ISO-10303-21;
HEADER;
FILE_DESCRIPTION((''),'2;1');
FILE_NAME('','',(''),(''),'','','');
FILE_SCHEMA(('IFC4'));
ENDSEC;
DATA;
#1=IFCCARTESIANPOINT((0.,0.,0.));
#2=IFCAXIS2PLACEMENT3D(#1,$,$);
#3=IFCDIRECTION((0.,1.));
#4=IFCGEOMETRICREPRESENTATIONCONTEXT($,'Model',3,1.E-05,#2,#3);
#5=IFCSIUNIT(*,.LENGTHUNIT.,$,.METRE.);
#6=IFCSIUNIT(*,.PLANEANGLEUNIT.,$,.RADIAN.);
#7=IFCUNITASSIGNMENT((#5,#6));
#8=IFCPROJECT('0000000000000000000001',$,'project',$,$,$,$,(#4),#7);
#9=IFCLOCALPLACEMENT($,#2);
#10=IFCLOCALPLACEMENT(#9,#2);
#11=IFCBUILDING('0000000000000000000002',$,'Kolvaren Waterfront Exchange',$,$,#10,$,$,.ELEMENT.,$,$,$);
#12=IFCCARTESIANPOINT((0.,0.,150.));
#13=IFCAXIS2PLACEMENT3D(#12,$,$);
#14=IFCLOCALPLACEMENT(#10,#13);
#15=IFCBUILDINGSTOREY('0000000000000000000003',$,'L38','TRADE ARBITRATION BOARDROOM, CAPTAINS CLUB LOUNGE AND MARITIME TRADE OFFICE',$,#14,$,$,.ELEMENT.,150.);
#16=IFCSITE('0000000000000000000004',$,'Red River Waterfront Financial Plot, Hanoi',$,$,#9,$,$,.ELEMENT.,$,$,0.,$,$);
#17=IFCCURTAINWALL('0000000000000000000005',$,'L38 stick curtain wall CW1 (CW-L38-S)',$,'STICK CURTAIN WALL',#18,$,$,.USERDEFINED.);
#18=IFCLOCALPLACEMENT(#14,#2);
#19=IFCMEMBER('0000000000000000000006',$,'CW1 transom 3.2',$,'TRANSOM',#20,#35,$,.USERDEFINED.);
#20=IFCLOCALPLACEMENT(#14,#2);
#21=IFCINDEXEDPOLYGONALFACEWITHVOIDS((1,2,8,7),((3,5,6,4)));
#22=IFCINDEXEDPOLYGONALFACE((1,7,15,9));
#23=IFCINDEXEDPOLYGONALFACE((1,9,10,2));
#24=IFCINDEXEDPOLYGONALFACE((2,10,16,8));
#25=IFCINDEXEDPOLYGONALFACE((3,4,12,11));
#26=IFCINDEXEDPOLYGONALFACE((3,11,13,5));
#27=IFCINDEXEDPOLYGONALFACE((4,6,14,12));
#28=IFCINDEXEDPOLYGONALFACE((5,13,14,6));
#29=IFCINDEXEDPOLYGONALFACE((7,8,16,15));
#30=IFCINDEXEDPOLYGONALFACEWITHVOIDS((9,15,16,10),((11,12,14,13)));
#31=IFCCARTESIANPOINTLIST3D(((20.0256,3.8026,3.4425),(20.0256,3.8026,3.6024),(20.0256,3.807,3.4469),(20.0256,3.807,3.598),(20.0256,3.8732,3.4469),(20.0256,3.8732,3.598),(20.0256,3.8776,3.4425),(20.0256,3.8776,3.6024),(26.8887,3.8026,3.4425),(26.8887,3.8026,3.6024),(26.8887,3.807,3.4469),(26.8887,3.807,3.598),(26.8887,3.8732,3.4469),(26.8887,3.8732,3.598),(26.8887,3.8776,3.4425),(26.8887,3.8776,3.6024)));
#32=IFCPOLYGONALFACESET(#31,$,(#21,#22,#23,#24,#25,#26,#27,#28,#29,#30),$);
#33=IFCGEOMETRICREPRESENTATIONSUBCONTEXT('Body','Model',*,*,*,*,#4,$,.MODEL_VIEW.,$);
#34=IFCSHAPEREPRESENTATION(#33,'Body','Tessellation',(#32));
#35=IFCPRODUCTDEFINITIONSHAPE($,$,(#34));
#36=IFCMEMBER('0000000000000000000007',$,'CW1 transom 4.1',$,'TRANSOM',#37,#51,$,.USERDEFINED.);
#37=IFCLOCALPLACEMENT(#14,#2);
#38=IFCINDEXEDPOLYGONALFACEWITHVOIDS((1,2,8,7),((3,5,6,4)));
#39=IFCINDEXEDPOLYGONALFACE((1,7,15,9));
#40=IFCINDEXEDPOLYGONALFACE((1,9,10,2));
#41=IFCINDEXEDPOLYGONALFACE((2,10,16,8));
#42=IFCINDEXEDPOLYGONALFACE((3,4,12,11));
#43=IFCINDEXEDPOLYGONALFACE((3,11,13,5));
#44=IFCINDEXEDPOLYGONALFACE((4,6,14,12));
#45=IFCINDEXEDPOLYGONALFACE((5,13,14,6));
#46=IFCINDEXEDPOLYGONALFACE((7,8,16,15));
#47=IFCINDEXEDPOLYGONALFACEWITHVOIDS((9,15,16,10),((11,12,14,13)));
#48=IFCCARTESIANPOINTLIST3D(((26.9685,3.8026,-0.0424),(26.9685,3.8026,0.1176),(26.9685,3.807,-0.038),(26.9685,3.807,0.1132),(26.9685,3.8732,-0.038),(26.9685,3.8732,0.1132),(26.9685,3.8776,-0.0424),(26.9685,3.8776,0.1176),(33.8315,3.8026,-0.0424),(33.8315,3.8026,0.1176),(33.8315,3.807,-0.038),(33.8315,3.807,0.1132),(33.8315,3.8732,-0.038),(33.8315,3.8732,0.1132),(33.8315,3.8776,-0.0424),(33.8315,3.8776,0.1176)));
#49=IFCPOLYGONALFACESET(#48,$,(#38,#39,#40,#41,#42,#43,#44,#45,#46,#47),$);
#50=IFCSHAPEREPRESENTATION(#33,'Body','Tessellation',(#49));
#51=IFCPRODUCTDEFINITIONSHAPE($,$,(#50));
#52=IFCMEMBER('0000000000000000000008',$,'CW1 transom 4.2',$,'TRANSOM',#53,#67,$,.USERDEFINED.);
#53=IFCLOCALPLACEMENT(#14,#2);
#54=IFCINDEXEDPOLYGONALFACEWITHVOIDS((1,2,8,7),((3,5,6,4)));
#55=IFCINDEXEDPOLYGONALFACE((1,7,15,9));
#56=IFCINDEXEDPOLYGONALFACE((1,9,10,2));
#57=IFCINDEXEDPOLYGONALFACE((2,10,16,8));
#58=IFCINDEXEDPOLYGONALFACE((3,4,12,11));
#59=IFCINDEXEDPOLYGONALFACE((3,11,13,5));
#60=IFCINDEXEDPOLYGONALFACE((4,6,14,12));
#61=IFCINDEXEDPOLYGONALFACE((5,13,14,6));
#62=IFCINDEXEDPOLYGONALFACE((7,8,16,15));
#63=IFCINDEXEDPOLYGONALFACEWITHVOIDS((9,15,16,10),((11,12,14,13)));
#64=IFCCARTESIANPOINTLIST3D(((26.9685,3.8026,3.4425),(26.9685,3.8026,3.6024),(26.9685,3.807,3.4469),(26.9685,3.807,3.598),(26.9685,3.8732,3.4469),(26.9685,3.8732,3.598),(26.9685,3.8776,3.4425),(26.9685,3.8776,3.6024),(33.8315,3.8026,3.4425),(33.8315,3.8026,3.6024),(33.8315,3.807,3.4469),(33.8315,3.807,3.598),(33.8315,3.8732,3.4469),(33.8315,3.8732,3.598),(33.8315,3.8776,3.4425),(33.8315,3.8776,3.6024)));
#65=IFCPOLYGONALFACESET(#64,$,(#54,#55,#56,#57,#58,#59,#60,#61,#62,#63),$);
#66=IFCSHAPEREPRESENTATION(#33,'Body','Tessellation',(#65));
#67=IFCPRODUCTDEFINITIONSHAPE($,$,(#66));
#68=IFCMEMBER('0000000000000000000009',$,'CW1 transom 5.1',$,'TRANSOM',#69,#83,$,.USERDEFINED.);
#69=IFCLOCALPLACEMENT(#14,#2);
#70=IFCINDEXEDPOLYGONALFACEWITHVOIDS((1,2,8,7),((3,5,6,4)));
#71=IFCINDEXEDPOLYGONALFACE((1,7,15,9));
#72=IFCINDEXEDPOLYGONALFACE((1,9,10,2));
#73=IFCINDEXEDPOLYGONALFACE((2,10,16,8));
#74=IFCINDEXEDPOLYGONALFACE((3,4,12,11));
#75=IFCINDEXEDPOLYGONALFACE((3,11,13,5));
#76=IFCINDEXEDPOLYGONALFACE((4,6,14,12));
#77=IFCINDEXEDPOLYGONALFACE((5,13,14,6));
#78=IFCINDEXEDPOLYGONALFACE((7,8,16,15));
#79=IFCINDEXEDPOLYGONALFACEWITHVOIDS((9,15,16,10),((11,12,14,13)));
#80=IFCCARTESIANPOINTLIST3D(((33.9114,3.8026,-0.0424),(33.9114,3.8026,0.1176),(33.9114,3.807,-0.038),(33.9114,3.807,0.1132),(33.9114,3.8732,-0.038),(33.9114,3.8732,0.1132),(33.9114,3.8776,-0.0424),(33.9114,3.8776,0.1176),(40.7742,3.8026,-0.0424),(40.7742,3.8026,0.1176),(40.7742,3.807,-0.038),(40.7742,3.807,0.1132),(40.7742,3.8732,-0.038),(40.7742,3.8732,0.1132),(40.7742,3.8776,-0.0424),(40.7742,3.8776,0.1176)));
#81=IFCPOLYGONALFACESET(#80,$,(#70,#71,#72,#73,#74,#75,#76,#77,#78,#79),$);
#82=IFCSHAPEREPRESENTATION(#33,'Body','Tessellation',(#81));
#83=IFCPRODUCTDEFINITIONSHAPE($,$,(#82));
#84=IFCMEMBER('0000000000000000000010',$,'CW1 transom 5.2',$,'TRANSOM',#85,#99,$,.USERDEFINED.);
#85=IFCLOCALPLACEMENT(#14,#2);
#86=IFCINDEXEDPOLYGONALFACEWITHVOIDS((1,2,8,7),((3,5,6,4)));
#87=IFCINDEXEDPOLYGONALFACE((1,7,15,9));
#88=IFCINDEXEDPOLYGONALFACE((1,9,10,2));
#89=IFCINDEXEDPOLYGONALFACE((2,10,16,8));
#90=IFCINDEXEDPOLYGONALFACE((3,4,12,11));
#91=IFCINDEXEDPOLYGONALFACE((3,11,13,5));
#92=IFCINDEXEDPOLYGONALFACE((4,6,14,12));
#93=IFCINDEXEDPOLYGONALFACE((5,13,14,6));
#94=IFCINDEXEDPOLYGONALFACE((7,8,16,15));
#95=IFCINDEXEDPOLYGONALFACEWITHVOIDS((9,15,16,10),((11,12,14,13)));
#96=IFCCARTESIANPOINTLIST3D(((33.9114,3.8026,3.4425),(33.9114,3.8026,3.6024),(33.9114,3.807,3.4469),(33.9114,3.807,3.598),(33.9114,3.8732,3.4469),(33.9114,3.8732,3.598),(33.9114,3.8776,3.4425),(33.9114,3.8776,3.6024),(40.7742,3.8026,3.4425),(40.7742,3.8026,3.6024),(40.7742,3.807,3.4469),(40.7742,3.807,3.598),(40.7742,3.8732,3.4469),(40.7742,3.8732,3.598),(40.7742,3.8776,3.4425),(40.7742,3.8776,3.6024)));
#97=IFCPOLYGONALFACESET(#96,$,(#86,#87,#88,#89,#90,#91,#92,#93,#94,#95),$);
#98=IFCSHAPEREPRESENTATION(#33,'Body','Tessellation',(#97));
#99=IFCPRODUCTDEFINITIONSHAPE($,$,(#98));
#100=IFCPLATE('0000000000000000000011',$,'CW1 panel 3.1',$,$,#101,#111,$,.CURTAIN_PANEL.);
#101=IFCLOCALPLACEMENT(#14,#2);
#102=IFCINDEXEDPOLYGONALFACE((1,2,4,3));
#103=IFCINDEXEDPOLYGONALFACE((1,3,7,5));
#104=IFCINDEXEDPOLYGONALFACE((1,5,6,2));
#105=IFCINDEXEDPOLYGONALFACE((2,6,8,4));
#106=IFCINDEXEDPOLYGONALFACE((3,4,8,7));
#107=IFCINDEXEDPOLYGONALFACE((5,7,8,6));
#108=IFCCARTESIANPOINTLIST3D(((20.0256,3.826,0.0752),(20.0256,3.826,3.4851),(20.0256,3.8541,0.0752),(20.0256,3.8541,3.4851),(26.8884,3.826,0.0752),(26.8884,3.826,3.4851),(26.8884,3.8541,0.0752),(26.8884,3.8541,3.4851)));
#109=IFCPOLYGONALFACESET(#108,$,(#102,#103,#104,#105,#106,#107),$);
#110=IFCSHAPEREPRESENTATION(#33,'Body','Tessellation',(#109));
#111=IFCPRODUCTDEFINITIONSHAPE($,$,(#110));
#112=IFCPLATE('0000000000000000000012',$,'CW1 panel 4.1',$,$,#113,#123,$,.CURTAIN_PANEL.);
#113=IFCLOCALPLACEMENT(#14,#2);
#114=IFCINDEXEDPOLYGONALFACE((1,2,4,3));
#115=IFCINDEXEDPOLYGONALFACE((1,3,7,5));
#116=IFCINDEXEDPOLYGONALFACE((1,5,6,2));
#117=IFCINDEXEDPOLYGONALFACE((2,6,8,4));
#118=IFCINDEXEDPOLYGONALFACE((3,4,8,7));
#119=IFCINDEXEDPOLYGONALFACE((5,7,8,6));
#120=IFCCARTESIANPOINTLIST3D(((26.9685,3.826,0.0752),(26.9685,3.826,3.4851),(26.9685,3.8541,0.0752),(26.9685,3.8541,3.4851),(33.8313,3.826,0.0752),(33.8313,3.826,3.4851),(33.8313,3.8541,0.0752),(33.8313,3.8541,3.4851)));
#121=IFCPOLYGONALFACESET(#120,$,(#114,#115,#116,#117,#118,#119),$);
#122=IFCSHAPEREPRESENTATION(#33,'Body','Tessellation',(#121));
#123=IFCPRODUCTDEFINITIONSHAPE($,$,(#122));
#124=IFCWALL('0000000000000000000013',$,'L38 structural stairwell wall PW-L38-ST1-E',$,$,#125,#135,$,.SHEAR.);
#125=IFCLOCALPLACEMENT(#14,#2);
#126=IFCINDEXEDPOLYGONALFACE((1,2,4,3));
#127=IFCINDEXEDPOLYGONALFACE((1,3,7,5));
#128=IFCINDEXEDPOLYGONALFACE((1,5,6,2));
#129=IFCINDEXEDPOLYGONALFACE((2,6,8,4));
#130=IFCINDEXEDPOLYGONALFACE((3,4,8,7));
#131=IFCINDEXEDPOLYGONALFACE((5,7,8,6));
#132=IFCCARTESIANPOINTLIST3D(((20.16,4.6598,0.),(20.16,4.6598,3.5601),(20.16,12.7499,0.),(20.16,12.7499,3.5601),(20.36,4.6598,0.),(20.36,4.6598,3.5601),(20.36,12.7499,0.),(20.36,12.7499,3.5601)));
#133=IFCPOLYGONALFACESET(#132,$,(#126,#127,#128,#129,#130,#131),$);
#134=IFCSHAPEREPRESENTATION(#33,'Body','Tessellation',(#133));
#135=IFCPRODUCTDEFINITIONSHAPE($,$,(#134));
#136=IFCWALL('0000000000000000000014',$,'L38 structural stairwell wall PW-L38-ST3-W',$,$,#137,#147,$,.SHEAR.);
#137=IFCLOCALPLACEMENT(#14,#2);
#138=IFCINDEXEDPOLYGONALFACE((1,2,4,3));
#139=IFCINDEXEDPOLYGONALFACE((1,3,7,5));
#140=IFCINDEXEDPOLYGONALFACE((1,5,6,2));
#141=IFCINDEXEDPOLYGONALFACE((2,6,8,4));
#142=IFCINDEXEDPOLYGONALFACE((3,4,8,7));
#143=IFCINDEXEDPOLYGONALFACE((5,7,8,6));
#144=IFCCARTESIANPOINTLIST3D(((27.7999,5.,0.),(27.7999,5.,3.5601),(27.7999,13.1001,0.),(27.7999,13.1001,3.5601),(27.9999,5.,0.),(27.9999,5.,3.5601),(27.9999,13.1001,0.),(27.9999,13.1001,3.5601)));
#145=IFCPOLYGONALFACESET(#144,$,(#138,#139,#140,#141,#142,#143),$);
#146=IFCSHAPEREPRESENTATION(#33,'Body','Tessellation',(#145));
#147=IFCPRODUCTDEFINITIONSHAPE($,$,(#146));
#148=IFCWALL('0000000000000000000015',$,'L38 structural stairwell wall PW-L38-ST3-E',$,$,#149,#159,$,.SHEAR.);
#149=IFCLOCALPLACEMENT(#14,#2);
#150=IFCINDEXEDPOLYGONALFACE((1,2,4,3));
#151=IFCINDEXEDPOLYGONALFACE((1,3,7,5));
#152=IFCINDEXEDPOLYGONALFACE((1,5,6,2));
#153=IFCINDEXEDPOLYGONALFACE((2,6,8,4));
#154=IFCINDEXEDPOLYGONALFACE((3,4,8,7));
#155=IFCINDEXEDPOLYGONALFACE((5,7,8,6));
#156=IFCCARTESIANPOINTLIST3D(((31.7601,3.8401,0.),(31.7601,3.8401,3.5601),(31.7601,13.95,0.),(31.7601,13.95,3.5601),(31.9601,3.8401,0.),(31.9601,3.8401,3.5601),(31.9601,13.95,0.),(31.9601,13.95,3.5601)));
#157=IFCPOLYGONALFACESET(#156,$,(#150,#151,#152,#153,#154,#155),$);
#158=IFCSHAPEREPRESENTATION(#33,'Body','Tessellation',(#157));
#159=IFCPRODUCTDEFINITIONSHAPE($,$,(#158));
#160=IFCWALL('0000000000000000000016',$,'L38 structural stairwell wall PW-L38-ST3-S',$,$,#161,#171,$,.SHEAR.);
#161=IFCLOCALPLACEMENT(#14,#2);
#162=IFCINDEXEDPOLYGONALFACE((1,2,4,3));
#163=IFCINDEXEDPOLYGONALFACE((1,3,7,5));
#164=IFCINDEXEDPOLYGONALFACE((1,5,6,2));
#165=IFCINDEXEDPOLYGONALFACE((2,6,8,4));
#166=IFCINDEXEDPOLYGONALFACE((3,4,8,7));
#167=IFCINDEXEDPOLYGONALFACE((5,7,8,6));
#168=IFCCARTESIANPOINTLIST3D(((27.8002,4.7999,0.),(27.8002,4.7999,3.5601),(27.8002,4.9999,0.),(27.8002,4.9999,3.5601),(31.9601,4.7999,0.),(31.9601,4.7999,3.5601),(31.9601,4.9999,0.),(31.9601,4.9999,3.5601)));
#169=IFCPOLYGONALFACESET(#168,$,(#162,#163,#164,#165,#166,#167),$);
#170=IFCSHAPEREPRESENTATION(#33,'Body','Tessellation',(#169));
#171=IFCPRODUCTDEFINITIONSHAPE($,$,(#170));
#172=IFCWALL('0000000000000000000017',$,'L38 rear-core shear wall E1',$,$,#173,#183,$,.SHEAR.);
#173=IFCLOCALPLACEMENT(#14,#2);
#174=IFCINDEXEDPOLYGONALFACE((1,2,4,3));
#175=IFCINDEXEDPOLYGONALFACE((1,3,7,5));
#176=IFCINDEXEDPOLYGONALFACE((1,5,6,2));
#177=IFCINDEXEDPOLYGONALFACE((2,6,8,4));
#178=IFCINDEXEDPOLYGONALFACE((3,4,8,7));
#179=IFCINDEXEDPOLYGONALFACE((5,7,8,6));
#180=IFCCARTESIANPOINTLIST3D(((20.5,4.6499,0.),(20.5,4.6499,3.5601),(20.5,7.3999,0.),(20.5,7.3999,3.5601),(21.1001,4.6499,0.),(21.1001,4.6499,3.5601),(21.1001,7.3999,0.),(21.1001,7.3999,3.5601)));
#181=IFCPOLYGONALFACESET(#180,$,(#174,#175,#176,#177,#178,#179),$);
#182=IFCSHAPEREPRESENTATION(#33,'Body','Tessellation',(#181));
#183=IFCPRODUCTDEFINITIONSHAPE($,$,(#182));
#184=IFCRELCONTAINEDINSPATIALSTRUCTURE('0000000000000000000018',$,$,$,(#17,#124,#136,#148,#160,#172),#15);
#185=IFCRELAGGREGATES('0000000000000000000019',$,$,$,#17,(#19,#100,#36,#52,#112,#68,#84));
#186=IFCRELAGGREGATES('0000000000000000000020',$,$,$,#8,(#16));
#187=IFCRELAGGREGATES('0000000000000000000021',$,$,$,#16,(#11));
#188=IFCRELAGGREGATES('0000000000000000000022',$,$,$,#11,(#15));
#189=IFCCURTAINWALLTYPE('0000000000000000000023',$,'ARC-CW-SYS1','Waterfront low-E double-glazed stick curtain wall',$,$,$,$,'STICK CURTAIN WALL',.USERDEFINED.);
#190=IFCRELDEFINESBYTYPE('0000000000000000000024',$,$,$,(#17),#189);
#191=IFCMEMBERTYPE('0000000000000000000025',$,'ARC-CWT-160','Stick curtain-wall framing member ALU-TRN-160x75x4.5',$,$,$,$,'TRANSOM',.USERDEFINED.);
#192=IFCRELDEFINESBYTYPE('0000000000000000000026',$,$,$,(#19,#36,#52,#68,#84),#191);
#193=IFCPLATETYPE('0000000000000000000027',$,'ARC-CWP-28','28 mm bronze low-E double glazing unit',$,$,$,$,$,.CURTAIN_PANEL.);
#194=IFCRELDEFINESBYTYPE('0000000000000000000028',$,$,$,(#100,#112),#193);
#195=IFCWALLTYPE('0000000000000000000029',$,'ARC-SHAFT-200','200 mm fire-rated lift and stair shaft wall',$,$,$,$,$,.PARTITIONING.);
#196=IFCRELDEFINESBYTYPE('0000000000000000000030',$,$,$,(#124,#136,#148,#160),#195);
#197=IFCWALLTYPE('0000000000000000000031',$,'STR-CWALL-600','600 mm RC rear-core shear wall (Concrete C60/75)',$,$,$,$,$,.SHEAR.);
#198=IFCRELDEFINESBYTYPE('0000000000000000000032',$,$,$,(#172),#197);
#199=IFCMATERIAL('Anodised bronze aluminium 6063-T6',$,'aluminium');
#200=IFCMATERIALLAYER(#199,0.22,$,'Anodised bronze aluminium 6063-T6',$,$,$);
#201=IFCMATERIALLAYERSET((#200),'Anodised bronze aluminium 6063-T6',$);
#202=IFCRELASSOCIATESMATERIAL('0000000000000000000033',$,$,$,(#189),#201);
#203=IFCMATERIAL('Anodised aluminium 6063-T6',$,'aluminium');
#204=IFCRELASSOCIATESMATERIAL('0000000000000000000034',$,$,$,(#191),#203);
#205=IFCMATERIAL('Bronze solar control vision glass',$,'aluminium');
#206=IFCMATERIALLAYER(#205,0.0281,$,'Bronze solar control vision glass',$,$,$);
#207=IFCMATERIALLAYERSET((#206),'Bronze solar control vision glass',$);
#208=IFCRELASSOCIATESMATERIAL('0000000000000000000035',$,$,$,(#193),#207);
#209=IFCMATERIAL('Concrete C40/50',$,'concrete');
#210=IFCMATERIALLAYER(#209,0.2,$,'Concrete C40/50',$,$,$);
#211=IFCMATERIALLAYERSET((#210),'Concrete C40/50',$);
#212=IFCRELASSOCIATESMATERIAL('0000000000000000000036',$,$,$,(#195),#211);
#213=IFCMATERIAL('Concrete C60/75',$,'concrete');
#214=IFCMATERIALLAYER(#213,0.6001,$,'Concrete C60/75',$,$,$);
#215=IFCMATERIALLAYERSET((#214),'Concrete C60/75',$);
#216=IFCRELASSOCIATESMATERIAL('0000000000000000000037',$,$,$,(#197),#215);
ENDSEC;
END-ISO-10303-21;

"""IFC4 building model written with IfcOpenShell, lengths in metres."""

from ifc_helpers import new_model, si_unit, direction, frame, frame_2d, origin, origin_with_axes, origin_2d, place, context, subcontext, project, spatial, rectangle, hollow_rectangle, extrude, source, transform, mapped, material, layer, layer_set, material_profile, profile_set, type_object, element, aggregate, save


model = new_model("IFC4")

# Units and contexts
model_context = context("Model", 3, precision=1e-05, world=origin(), true_north=direction((0.0, 1.0)))
body_context = subcontext(model_context, "Body", "Model", "MODEL_VIEW")
ifc_project = project(units=[si_unit("LENGTHUNIT", "METRE"), si_unit("PLANEANGLEUNIT", "RADIAN")], contexts=[model_context])

# Site, building, storey
site_placement = place(None, origin())
site = spatial("IfcSite", under=ifc_project, at=site_placement, Name="Red River Waterfront Financial Plot, Hanoi", CompositionType="ELEMENT", RefElevation=0.0)
building_placement = place(site_placement, origin())
building = spatial("IfcBuilding", under=site, at=building_placement, Name="Kolvaren Waterfront Exchange", CompositionType="ELEMENT")
storey_placement = place(building_placement, frame((0.0, 0.0, 150.0)))
storey = spatial("IfcBuildingStorey", under=building, at=storey_placement, Name="L38", Description="TRADE ARBITRATION BOARDROOM, CAPTAINS CLUB LOUNGE AND MARITIME TRADE OFFICE", CompositionType="ELEMENT", Elevation=150.0)

# Shared definitions
ifc_material_1 = material(Name="Concrete C60/75", Category="concrete")

# Curtain wall, members, plates
ifc_material_2 = material(Name="Anodised bronze aluminium 6063-T6", Category="aluminium")
ifc_layer_1 = layer(ifc_material_2, 0.22, Name="Anodised bronze aluminium 6063-T6")
ifc_layer_set_1 = layer_set([ifc_layer_1], Name="Anodised bronze aluminium 6063-T6")
curtain_wall_type = type_object("IfcCurtainWallType", Name="ARC-CW-SYS1", Description="Waterfront low-E double-glazed stick curtain wall", ElementType="STICK CURTAIN WALL", PredefinedType="USERDEFINED", material=ifc_layer_set_1)
curtain_wall_placement = place(storey_placement, origin())
curtain_wall = element("IfcCurtainWall", 1, at=curtain_wall_placement, inside=storey, type_object=curtain_wall_type, Name="L38 stick curtain wall CW1 (CW-L38-S)", ObjectType="STICK CURTAIN WALL", PredefinedType="USERDEFINED")
ifc_material_3 = material(Name="Anodised aluminium 6063-T6", Category="aluminium")
ifc_material_profile_1 = material_profile(ifc_material_3, hollow_rectangle(XDim=0.075, YDim=0.1599, WallThickness=0.0044, at=origin_2d()), Name="ALU-TRN-160x75x4.5")
ifc_profile_set_1 = profile_set([ifc_material_profile_1], Name="Anodised aluminium 6063-T6")
member_type_1 = type_object("IfcMemberType", Name="ARC-CWT-160", Description="Stick curtain-wall framing member ALU-TRN-160x75x4.5", ElementType="TRANSOM", PredefinedType="USERDEFINED", material=ifc_profile_set_1)
shared_shape_1 = source(origin_with_axes(), body_context, "Body", "SweptSolid", [
    extrude(hollow_rectangle(XDim=0.075, YDim=0.1599, WallThickness=0.0044, at=origin_2d()), origin(), (0.0, 0.0, 1.0), 6.863),
])
member_1_placement = place(storey_placement, frame((20.0256, 3.8401, 3.5225), z_axis=(1.0, 0.0, 0.0), x_axis=(0.0, 1.0, 0.0)))
member_1 = element("IfcMember", 2, at=member_1_placement, type_object=member_type_1, Name="CW1 transom 3.2", ObjectType="TRANSOM", PredefinedType="USERDEFINED", context=body_context, shape_type="MappedRepresentation", body=[
    mapped(shared_shape_1, transform((0.0, 0.0, 0.0), x_axis=(1.0, 0.0, 0.0), y_axis=(0.0, 1.0, 0.0), z_axis=(0.0, 0.0, 1.0), scale=1.0)),
])
member_2_placement = place(storey_placement, frame((26.9685, 3.8401, 0.0376), z_axis=(1.0, 0.0, 0.0), x_axis=(0.0, 1.0, 0.0)))
member_2 = element("IfcMember", 3, at=member_2_placement, type_object=member_type_1, Name="CW1 transom 4.1", ObjectType="TRANSOM", PredefinedType="USERDEFINED", context=body_context, shape_type="MappedRepresentation", body=[
    mapped(shared_shape_1, transform((0.0, 0.0, 0.0), x_axis=(1.0, 0.0, 0.0), y_axis=(0.0, 1.0, 0.0), z_axis=(0.0, 0.0, 1.0), scale=1.0)),
])
member_3_placement = place(storey_placement, frame((26.9685, 3.8401, 3.5225), z_axis=(1.0, 0.0, 0.0), x_axis=(0.0, 1.0, 0.0)))
member_3 = element("IfcMember", 4, at=member_3_placement, type_object=member_type_1, Name="CW1 transom 4.2", ObjectType="TRANSOM", PredefinedType="USERDEFINED", context=body_context, shape_type="MappedRepresentation", body=[
    mapped(shared_shape_1, transform((0.0, 0.0, 0.0), x_axis=(1.0, 0.0, 0.0), y_axis=(0.0, 1.0, 0.0), z_axis=(0.0, 0.0, 1.0), scale=1.0)),
])
shared_shape_2 = source(origin_with_axes(), body_context, "Body", "SweptSolid", [
    extrude(hollow_rectangle(XDim=0.075, YDim=0.1599, WallThickness=0.0044, at=origin_2d()), origin(), (0.0, 0.0, 1.0), 6.8628),
])
member_4_placement = place(storey_placement, frame((33.9114, 3.8401, 0.0376), z_axis=(1.0, 0.0, 0.0), x_axis=(0.0, 1.0, 0.0)))
member_4 = element("IfcMember", 5, at=member_4_placement, type_object=member_type_1, Name="CW1 transom 5.1", ObjectType="TRANSOM", PredefinedType="USERDEFINED", context=body_context, shape_type="MappedRepresentation", body=[
    mapped(shared_shape_2, transform((0.0, 0.0, 0.0), x_axis=(1.0, 0.0, 0.0), y_axis=(0.0, 1.0, 0.0), z_axis=(0.0, 0.0, 1.0), scale=1.0)),
])
member_5_placement = place(storey_placement, frame((33.9114, 3.8401, 3.5225), z_axis=(1.0, 0.0, 0.0), x_axis=(0.0, 1.0, 0.0)))
member_5 = element("IfcMember", 6, at=member_5_placement, type_object=member_type_1, Name="CW1 transom 5.2", ObjectType="TRANSOM", PredefinedType="USERDEFINED", context=body_context, shape_type="MappedRepresentation", body=[
    mapped(shared_shape_2, transform((0.0, 0.0, 0.0), x_axis=(1.0, 0.0, 0.0), y_axis=(0.0, 1.0, 0.0), z_axis=(0.0, 0.0, 1.0), scale=1.0)),
])
ifc_material_4 = material(Name="Bronze solar control vision glass", Category="aluminium")
ifc_layer_2 = layer(ifc_material_4, 0.0281, Name="Bronze solar control vision glass")
ifc_layer_set_2 = layer_set([ifc_layer_2], Name="Bronze solar control vision glass")
plate_type = type_object("IfcPlateType", Name="ARC-CWP-28", Description="28 mm bronze low-E double glazing unit", PredefinedType="CURTAIN_PANEL", material=ifc_layer_set_2)
shared_shape_3 = source(origin_with_axes(), body_context, "Body", "SweptSolid", [
    extrude(rectangle(XDim=6.8628, YDim=0.0281, at=origin_2d()), origin(), (0.0, 0.0, 1.0), 3.4099),
])
plate_1_placement = place(storey_placement, frame((23.457, 3.8401, 0.0752), z_axis=(0.0, 0.0, 1.0), x_axis=(1.0, 0.0, 0.0)))
plate_1 = element("IfcPlate", 7, at=plate_1_placement, type_object=plate_type, Name="CW1 panel 3.1", PredefinedType="CURTAIN_PANEL", context=body_context, shape_type="MappedRepresentation", body=[
    mapped(shared_shape_3, transform((0.0, 0.0, 0.0), x_axis=(1.0, 0.0, 0.0), y_axis=(0.0, 1.0, 0.0), z_axis=(0.0, 0.0, 1.0), scale=1.0)),
])
plate_2_placement = place(storey_placement, frame((30.3999, 3.8401, 0.0752), z_axis=(0.0, 0.0, 1.0), x_axis=(1.0, 0.0, 0.0)))
plate_2 = element("IfcPlate", 8, at=plate_2_placement, type_object=plate_type, Name="CW1 panel 4.1", PredefinedType="CURTAIN_PANEL", context=body_context, shape_type="MappedRepresentation", body=[
    mapped(shared_shape_3, transform((0.0, 0.0, 0.0), x_axis=(1.0, 0.0, 0.0), y_axis=(0.0, 1.0, 0.0), z_axis=(0.0, 0.0, 1.0), scale=1.0)),
])
aggregate(curtain_wall, [member_1, plate_1, member_2, member_3, plate_2, member_4, member_5])

# Walls
ifc_material_5 = material(Name="Concrete C40/50", Category="concrete")
ifc_layer_3 = layer(ifc_material_5, 0.2, Name="Concrete C40/50")
ifc_layer_set_3 = layer_set([ifc_layer_3], Name="Concrete C40/50")
wall_type_1 = type_object("IfcWallType", Name="ARC-SHAFT-200", Description="200 mm fire-rated lift and stair shaft wall", PredefinedType="PARTITIONING", material=ifc_layer_set_3)
wall_1_placement = place(storey_placement, frame((20.26, 4.6599, 0.0), z_axis=(0.0, 0.0, 1.0), x_axis=(0.0, 1.0, 0.0)))
element("IfcWall", 9, at=wall_1_placement, inside=storey, type_object=wall_type_1, Name="L38 structural stairwell wall PW-L38-ST1-E", PredefinedType="SHEAR", context=body_context, shape_type="SweptSolid", body=[
    extrude(rectangle(XDim=8.0901, YDim=0.2, at=frame_2d((4.0449, 0.0))), origin(), (0.0, 0.0, 1.0), 3.5601),
])
wall_2_placement = place(storey_placement, frame((27.8999, 5.0, 0.0), z_axis=(0.0, 0.0, 1.0), x_axis=(0.0, 1.0, 0.0)))
element("IfcWall", 10, at=wall_2_placement, inside=storey, type_object=wall_type_1, Name="L38 structural stairwell wall PW-L38-ST3-W", PredefinedType="SHEAR", context=body_context, shape_type="SweptSolid", body=[
    extrude(rectangle(XDim=8.1001, YDim=0.2, at=frame_2d((4.05, 0.0))), origin(), (0.0, 0.0, 1.0), 3.5601),
])
wall_3_placement = place(storey_placement, frame((31.8601, 3.8401, 0.0), z_axis=(0.0, 0.0, 1.0), x_axis=(0.0, 1.0, 0.0)))
element("IfcWall", 11, at=wall_3_placement, inside=storey, type_object=wall_type_1, Name="L38 structural stairwell wall PW-L38-ST3-E", PredefinedType="SHEAR", context=body_context, shape_type="SweptSolid", body=[
    extrude(rectangle(XDim=10.1099, YDim=0.2, at=frame_2d((5.0549, 0.0))), origin(), (0.0, 0.0, 1.0), 3.5601),
])
wall_4_placement = place(storey_placement, frame((27.8, 4.8999, 0.0), z_axis=(0.0, 0.0, 1.0), x_axis=(1.0, 0.0, 0.0)))
element("IfcWall", 12, at=wall_4_placement, inside=storey, type_object=wall_type_1, Name="L38 structural stairwell wall PW-L38-ST3-S", PredefinedType="SHEAR", context=body_context, shape_type="SweptSolid", body=[
    extrude(rectangle(XDim=4.1599, YDim=0.2, at=frame_2d((2.0801, 0.0))), origin(), (0.0, 0.0, 1.0), 3.5601),
])
ifc_layer_4 = layer(ifc_material_1, 0.6001, Name="Concrete C60/75")
ifc_layer_set_4 = layer_set([ifc_layer_4], Name="Concrete C60/75")
wall_type_2 = type_object("IfcWallType", Name="STR-CWALL-600", Description="600 mm RC rear-core shear wall (Concrete C60/75)", PredefinedType="SHEAR", material=ifc_layer_set_4)
wall_5_placement = place(storey_placement, frame((20.8, 4.6499, 0.0), z_axis=(0.0, 0.0, 1.0), x_axis=(0.0, 1.0, 0.0)))
element("IfcWall", 13, at=wall_5_placement, inside=storey, type_object=wall_type_2, Name="L38 rear-core shear wall E1", PredefinedType="SHEAR", context=body_context, shape_type="SweptSolid", body=[
    extrude(rectangle(XDim=2.75, YDim=0.6001, at=frame_2d((1.375, 0.0))), origin(), (0.0, 0.0, 1.0), 3.5601),
])

save(model, "model.ifc")
